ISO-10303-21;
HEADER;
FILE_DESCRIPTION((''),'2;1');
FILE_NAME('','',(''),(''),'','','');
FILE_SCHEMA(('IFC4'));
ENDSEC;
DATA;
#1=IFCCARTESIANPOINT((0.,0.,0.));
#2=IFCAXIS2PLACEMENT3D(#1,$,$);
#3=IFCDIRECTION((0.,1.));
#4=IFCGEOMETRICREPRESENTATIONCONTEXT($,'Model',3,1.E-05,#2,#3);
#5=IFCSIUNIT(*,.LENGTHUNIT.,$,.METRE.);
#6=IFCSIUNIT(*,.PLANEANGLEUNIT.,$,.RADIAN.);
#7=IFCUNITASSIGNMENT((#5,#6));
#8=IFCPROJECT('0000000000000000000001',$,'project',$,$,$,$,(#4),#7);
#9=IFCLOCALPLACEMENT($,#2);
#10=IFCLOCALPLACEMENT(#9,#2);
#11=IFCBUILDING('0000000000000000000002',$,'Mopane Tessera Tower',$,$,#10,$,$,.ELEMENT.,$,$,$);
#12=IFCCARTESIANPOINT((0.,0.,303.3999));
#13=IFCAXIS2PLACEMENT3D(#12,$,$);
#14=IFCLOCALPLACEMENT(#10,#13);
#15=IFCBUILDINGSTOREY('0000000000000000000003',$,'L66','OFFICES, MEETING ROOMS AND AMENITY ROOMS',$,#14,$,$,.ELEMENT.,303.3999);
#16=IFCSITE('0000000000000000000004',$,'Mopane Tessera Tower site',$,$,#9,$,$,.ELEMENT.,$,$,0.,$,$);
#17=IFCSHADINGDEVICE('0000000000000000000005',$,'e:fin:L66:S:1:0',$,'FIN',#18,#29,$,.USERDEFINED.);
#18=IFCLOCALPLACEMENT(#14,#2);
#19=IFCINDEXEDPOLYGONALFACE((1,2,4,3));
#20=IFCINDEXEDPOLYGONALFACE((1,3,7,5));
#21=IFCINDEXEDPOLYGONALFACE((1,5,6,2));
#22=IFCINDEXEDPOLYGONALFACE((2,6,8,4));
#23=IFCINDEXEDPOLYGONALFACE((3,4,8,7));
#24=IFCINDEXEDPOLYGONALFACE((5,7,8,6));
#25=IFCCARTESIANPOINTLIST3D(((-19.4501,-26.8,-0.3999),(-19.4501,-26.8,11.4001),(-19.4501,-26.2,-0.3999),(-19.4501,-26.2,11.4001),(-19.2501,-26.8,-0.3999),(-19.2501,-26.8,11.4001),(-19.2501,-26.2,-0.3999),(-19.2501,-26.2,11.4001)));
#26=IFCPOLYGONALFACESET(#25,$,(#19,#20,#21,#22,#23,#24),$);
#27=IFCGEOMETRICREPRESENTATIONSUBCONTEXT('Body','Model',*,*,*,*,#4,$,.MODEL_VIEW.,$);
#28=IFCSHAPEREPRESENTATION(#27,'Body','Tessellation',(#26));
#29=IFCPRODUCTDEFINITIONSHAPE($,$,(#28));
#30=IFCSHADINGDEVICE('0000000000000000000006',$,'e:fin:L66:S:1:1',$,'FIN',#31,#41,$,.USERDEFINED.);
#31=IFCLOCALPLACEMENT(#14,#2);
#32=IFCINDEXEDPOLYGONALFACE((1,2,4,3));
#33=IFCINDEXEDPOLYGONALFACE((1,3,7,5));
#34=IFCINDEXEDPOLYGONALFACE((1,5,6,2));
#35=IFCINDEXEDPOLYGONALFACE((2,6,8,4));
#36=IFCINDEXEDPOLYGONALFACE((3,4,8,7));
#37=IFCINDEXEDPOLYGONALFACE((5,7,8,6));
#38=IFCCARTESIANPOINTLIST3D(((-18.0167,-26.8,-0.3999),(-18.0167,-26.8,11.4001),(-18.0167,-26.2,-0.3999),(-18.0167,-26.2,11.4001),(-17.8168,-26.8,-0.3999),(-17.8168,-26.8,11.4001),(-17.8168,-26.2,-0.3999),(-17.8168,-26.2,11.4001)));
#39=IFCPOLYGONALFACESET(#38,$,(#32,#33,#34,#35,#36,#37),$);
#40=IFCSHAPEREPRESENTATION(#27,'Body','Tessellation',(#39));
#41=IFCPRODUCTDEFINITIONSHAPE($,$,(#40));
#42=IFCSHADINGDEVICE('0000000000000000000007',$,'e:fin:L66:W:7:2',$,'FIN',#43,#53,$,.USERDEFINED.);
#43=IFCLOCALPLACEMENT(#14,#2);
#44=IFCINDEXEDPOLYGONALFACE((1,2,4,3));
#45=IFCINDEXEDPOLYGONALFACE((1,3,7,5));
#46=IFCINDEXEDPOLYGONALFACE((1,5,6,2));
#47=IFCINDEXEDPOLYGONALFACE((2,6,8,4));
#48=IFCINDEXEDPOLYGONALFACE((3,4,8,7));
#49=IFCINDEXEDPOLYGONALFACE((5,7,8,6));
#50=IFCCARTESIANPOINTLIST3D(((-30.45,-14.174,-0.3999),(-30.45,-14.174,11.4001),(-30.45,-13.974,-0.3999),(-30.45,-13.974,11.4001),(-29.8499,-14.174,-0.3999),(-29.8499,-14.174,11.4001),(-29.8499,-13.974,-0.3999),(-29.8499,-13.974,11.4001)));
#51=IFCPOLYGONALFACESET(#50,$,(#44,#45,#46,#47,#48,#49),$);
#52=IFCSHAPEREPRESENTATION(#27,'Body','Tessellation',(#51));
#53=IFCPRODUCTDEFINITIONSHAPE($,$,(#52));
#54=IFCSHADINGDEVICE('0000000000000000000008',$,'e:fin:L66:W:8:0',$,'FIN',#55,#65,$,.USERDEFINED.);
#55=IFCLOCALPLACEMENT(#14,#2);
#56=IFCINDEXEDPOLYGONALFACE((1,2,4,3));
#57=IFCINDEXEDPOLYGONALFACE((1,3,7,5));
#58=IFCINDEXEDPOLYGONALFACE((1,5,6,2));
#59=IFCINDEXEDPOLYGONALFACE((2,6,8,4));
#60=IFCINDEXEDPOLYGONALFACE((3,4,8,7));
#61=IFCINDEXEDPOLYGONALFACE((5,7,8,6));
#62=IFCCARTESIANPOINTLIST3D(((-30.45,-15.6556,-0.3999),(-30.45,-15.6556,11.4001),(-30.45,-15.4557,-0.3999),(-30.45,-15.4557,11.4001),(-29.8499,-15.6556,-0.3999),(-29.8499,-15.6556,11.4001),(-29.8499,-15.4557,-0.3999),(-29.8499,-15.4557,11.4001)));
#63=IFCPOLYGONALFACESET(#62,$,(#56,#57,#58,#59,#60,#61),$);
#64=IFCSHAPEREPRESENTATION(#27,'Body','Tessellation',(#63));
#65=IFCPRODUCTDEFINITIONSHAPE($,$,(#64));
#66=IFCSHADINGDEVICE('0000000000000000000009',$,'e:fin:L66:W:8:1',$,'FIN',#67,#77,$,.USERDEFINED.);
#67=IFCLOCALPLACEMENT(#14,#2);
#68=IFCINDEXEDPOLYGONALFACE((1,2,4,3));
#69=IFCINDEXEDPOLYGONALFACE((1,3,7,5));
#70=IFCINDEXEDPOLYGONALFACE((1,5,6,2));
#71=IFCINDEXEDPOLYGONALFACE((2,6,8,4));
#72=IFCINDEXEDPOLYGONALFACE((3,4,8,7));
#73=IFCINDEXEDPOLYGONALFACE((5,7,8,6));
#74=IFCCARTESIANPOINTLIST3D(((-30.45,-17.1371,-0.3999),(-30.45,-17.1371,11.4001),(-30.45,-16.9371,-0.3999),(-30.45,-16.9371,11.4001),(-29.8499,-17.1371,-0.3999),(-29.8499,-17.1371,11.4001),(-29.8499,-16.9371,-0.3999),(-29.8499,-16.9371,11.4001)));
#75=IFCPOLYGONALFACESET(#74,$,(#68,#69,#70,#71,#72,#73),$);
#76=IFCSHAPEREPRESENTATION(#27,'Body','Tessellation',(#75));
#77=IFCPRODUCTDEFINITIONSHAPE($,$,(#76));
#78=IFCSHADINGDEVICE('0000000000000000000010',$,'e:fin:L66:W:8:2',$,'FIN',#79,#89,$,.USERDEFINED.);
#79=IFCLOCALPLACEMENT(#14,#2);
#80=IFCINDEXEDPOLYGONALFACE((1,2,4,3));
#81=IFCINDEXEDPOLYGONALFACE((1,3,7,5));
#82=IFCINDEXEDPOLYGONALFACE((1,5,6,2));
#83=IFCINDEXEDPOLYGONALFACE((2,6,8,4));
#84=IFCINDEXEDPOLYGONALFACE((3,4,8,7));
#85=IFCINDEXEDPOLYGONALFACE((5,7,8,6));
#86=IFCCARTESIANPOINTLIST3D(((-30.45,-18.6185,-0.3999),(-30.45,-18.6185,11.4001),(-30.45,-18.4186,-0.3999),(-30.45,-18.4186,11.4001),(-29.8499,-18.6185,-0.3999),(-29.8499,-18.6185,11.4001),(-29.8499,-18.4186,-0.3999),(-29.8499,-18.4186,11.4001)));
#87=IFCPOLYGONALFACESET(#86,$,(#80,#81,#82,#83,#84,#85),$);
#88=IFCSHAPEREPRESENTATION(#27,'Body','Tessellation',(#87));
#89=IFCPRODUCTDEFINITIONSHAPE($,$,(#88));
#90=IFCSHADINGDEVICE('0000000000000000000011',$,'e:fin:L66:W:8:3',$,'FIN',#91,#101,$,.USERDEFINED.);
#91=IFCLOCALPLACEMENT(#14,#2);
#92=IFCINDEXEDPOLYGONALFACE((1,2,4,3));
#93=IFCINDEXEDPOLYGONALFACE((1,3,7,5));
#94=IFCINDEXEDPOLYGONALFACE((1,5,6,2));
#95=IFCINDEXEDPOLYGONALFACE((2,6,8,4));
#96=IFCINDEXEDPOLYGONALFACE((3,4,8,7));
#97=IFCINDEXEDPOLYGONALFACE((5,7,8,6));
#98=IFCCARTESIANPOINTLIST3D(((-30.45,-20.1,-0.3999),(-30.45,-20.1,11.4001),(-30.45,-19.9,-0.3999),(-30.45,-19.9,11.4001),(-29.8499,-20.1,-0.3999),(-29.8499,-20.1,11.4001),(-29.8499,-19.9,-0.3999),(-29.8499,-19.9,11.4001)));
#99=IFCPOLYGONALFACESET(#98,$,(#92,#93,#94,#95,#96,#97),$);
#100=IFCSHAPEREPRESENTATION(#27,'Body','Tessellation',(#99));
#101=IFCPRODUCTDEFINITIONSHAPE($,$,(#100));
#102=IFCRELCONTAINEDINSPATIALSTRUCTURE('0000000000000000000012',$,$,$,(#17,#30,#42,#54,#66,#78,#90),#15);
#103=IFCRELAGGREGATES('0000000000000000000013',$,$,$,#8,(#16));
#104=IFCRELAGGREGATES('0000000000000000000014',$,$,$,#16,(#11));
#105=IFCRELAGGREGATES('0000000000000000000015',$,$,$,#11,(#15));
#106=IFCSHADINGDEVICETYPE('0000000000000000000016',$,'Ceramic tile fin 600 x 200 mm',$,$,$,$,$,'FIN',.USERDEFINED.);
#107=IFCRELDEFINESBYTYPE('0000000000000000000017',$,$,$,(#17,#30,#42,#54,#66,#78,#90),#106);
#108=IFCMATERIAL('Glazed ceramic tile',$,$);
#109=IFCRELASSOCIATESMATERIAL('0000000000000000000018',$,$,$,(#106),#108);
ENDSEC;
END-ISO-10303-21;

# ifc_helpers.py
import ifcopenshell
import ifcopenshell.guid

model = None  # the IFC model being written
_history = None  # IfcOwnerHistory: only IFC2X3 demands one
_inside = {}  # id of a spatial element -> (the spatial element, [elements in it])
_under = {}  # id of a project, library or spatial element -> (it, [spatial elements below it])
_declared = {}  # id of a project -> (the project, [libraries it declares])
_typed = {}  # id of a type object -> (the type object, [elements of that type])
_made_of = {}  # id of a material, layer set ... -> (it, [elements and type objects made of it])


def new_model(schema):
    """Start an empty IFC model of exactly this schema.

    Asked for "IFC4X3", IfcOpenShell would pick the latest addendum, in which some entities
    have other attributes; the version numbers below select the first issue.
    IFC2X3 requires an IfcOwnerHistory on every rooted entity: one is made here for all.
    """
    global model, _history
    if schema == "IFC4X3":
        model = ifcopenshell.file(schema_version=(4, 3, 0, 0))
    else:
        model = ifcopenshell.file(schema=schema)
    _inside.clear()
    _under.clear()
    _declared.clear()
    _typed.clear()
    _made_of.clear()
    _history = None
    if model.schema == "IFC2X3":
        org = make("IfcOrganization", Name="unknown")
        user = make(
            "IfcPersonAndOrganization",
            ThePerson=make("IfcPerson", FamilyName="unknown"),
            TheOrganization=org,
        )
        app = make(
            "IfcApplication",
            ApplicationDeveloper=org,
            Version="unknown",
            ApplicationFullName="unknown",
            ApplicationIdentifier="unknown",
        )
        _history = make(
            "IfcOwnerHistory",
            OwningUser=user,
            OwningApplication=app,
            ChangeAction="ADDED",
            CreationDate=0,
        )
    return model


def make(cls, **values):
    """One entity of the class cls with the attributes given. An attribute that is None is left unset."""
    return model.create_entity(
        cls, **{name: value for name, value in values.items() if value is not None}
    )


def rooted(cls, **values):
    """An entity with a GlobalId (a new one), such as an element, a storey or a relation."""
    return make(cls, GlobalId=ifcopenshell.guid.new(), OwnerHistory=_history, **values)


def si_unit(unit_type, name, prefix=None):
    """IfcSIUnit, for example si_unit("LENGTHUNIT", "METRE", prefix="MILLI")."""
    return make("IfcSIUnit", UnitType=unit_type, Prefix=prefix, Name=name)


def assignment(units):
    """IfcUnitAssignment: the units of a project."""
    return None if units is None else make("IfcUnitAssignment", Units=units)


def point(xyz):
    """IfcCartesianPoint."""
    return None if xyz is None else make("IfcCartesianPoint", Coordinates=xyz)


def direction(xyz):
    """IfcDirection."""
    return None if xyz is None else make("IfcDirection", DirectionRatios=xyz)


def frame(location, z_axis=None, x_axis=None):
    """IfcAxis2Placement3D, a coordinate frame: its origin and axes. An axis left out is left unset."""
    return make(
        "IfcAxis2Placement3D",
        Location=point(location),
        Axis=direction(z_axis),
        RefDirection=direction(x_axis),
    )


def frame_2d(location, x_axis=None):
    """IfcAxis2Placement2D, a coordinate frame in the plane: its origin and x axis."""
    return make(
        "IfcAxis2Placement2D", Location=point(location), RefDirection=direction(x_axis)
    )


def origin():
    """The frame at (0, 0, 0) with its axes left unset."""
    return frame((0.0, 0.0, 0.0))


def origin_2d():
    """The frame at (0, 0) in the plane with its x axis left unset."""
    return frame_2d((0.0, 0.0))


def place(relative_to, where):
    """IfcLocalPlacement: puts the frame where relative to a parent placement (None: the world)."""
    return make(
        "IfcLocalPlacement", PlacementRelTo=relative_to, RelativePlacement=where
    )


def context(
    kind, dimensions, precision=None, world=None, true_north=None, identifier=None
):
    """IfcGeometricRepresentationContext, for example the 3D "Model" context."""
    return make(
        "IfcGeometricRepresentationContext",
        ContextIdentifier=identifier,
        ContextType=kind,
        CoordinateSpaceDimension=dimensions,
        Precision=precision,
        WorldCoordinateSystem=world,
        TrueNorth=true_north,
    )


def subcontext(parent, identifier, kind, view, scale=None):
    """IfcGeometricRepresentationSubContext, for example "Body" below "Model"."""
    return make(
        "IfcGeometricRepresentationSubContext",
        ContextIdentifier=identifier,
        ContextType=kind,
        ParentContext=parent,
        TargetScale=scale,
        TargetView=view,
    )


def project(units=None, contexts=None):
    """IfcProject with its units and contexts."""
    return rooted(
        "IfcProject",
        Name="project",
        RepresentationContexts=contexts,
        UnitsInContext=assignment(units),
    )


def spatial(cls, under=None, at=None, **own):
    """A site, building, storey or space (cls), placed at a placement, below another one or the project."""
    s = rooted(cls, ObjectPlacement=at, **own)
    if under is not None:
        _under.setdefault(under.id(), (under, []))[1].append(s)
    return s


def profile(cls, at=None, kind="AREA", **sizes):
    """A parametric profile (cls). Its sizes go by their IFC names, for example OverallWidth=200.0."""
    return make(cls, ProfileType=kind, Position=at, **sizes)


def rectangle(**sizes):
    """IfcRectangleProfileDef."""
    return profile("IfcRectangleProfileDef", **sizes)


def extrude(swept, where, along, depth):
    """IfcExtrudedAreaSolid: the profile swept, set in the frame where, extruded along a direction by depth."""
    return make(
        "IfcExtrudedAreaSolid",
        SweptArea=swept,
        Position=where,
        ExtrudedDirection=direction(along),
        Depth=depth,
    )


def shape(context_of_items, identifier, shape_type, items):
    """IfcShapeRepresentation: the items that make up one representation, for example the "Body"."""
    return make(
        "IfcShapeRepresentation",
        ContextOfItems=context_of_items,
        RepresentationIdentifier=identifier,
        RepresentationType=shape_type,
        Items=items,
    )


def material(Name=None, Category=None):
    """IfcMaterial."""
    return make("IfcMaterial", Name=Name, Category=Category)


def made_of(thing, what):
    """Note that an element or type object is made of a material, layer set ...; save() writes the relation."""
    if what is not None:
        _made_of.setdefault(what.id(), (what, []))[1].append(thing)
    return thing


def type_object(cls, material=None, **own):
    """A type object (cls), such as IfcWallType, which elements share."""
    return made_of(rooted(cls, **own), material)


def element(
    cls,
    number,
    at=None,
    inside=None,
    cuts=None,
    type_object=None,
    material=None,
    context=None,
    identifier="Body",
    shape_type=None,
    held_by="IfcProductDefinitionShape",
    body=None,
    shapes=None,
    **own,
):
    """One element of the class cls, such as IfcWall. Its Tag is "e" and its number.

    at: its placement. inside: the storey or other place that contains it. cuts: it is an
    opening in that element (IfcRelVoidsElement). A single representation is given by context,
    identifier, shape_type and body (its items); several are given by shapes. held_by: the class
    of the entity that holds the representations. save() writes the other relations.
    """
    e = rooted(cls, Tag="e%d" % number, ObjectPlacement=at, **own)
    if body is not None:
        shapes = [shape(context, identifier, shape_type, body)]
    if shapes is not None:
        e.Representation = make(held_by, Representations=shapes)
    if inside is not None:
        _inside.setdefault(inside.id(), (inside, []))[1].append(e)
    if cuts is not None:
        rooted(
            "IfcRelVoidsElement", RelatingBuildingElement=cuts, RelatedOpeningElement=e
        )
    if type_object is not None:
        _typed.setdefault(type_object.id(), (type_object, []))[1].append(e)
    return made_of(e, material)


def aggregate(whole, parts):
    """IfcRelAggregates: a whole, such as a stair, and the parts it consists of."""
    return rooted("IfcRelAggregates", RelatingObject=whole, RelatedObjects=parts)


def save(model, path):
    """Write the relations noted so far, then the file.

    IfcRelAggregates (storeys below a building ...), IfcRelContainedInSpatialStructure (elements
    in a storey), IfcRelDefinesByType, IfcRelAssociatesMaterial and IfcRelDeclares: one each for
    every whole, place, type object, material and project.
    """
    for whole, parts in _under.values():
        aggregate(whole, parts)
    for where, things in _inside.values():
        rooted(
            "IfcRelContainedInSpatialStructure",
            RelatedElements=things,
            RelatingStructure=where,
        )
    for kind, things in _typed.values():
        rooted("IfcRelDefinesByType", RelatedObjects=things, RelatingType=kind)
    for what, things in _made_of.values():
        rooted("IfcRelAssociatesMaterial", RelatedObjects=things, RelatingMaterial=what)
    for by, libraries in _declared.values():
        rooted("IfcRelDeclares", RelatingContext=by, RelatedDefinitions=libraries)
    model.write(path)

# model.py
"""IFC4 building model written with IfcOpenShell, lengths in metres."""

from ifc_helpers import new_model, si_unit, direction, frame, origin, origin_2d, place, context, subcontext, project, spatial, rectangle, extrude, material, type_object, element, save


model = new_model("IFC4")

# Units and contexts
model_context = context("Model", 3, precision=1e-05, world=origin(), true_north=direction((0.0, 1.0)))
body_context = subcontext(model_context, "Body", "Model", "MODEL_VIEW")
ifc_project = project(units=[si_unit("LENGTHUNIT", "METRE"), si_unit("PLANEANGLEUNIT", "RADIAN")], contexts=[model_context])

# Site, building, storey
site_placement = place(None, origin())
site = spatial("IfcSite", under=ifc_project, at=site_placement, Name="Mopane Tessera Tower site", CompositionType="ELEMENT", RefElevation=0.0)
building_placement = place(site_placement, origin())
building = spatial("IfcBuilding", under=site, at=building_placement, Name="Mopane Tessera Tower", CompositionType="ELEMENT")
storey_placement = place(building_placement, frame((0.0, 0.0, 303.3999)))
storey = spatial("IfcBuildingStorey", under=building, at=storey_placement, Name="L66", Description="OFFICES, MEETING ROOMS AND AMENITY ROOMS", CompositionType="ELEMENT", Elevation=303.3999)

# Shading devices
ifc_material_1 = material(Name="Glazed ceramic tile")
shading_device_type = type_object("IfcShadingDeviceType", Name="Ceramic tile fin 600 x 200 mm", ElementType="FIN", PredefinedType="USERDEFINED", material=ifc_material_1)
for number, where, z_axis, x_axis, name in (
    (1, (-19.3501, -26.5, -0.3999), (0.0, 0.0, 1.0), (1.0, 0.0, 0.0), "e:fin:L66:S:1:0"),
    (2, (-17.9167, -26.5, -0.3999), (0.0, 0.0, 1.0), (1.0, 0.0, 0.0), "e:fin:L66:S:1:1"),
    (3, (-30.1499, -14.074, -0.3999), (0.0, 0.0, 1.0), (0.0, -1.0, 0.0), "e:fin:L66:W:7:2"),
    (4, (-30.1499, -15.5557, -0.3999), (0.0, 0.0, 1.0), (0.0, -1.0, 0.0), "e:fin:L66:W:8:0"),
    (5, (-30.1499, -17.0371, -0.3999), (0.0, 0.0, 1.0), (0.0, -1.0, 0.0), "e:fin:L66:W:8:1"),
    (6, (-30.1499, -18.5186, -0.3999), (0.0, 0.0, 1.0), (0.0, -1.0, 0.0), "e:fin:L66:W:8:2"),
    (7, (-30.1499, -20.0, -0.3999), (0.0, 0.0, 1.0), (0.0, -1.0, 0.0), "e:fin:L66:W:8:3"),
):
    element("IfcShadingDevice", number, at=place(storey_placement, frame(where, z_axis=z_axis, x_axis=x_axis)), inside=storey, type_object=shading_device_type, Name=name, ObjectType="FIN", PredefinedType="USERDEFINED", context=body_context, shape_type="SweptSolid", body=[
        extrude(rectangle(XDim=0.2, YDim=0.6001, at=origin_2d()), origin(), (0.0, 0.0, 1.0), 11.8),
    ])

save(model, "model.ifc")
